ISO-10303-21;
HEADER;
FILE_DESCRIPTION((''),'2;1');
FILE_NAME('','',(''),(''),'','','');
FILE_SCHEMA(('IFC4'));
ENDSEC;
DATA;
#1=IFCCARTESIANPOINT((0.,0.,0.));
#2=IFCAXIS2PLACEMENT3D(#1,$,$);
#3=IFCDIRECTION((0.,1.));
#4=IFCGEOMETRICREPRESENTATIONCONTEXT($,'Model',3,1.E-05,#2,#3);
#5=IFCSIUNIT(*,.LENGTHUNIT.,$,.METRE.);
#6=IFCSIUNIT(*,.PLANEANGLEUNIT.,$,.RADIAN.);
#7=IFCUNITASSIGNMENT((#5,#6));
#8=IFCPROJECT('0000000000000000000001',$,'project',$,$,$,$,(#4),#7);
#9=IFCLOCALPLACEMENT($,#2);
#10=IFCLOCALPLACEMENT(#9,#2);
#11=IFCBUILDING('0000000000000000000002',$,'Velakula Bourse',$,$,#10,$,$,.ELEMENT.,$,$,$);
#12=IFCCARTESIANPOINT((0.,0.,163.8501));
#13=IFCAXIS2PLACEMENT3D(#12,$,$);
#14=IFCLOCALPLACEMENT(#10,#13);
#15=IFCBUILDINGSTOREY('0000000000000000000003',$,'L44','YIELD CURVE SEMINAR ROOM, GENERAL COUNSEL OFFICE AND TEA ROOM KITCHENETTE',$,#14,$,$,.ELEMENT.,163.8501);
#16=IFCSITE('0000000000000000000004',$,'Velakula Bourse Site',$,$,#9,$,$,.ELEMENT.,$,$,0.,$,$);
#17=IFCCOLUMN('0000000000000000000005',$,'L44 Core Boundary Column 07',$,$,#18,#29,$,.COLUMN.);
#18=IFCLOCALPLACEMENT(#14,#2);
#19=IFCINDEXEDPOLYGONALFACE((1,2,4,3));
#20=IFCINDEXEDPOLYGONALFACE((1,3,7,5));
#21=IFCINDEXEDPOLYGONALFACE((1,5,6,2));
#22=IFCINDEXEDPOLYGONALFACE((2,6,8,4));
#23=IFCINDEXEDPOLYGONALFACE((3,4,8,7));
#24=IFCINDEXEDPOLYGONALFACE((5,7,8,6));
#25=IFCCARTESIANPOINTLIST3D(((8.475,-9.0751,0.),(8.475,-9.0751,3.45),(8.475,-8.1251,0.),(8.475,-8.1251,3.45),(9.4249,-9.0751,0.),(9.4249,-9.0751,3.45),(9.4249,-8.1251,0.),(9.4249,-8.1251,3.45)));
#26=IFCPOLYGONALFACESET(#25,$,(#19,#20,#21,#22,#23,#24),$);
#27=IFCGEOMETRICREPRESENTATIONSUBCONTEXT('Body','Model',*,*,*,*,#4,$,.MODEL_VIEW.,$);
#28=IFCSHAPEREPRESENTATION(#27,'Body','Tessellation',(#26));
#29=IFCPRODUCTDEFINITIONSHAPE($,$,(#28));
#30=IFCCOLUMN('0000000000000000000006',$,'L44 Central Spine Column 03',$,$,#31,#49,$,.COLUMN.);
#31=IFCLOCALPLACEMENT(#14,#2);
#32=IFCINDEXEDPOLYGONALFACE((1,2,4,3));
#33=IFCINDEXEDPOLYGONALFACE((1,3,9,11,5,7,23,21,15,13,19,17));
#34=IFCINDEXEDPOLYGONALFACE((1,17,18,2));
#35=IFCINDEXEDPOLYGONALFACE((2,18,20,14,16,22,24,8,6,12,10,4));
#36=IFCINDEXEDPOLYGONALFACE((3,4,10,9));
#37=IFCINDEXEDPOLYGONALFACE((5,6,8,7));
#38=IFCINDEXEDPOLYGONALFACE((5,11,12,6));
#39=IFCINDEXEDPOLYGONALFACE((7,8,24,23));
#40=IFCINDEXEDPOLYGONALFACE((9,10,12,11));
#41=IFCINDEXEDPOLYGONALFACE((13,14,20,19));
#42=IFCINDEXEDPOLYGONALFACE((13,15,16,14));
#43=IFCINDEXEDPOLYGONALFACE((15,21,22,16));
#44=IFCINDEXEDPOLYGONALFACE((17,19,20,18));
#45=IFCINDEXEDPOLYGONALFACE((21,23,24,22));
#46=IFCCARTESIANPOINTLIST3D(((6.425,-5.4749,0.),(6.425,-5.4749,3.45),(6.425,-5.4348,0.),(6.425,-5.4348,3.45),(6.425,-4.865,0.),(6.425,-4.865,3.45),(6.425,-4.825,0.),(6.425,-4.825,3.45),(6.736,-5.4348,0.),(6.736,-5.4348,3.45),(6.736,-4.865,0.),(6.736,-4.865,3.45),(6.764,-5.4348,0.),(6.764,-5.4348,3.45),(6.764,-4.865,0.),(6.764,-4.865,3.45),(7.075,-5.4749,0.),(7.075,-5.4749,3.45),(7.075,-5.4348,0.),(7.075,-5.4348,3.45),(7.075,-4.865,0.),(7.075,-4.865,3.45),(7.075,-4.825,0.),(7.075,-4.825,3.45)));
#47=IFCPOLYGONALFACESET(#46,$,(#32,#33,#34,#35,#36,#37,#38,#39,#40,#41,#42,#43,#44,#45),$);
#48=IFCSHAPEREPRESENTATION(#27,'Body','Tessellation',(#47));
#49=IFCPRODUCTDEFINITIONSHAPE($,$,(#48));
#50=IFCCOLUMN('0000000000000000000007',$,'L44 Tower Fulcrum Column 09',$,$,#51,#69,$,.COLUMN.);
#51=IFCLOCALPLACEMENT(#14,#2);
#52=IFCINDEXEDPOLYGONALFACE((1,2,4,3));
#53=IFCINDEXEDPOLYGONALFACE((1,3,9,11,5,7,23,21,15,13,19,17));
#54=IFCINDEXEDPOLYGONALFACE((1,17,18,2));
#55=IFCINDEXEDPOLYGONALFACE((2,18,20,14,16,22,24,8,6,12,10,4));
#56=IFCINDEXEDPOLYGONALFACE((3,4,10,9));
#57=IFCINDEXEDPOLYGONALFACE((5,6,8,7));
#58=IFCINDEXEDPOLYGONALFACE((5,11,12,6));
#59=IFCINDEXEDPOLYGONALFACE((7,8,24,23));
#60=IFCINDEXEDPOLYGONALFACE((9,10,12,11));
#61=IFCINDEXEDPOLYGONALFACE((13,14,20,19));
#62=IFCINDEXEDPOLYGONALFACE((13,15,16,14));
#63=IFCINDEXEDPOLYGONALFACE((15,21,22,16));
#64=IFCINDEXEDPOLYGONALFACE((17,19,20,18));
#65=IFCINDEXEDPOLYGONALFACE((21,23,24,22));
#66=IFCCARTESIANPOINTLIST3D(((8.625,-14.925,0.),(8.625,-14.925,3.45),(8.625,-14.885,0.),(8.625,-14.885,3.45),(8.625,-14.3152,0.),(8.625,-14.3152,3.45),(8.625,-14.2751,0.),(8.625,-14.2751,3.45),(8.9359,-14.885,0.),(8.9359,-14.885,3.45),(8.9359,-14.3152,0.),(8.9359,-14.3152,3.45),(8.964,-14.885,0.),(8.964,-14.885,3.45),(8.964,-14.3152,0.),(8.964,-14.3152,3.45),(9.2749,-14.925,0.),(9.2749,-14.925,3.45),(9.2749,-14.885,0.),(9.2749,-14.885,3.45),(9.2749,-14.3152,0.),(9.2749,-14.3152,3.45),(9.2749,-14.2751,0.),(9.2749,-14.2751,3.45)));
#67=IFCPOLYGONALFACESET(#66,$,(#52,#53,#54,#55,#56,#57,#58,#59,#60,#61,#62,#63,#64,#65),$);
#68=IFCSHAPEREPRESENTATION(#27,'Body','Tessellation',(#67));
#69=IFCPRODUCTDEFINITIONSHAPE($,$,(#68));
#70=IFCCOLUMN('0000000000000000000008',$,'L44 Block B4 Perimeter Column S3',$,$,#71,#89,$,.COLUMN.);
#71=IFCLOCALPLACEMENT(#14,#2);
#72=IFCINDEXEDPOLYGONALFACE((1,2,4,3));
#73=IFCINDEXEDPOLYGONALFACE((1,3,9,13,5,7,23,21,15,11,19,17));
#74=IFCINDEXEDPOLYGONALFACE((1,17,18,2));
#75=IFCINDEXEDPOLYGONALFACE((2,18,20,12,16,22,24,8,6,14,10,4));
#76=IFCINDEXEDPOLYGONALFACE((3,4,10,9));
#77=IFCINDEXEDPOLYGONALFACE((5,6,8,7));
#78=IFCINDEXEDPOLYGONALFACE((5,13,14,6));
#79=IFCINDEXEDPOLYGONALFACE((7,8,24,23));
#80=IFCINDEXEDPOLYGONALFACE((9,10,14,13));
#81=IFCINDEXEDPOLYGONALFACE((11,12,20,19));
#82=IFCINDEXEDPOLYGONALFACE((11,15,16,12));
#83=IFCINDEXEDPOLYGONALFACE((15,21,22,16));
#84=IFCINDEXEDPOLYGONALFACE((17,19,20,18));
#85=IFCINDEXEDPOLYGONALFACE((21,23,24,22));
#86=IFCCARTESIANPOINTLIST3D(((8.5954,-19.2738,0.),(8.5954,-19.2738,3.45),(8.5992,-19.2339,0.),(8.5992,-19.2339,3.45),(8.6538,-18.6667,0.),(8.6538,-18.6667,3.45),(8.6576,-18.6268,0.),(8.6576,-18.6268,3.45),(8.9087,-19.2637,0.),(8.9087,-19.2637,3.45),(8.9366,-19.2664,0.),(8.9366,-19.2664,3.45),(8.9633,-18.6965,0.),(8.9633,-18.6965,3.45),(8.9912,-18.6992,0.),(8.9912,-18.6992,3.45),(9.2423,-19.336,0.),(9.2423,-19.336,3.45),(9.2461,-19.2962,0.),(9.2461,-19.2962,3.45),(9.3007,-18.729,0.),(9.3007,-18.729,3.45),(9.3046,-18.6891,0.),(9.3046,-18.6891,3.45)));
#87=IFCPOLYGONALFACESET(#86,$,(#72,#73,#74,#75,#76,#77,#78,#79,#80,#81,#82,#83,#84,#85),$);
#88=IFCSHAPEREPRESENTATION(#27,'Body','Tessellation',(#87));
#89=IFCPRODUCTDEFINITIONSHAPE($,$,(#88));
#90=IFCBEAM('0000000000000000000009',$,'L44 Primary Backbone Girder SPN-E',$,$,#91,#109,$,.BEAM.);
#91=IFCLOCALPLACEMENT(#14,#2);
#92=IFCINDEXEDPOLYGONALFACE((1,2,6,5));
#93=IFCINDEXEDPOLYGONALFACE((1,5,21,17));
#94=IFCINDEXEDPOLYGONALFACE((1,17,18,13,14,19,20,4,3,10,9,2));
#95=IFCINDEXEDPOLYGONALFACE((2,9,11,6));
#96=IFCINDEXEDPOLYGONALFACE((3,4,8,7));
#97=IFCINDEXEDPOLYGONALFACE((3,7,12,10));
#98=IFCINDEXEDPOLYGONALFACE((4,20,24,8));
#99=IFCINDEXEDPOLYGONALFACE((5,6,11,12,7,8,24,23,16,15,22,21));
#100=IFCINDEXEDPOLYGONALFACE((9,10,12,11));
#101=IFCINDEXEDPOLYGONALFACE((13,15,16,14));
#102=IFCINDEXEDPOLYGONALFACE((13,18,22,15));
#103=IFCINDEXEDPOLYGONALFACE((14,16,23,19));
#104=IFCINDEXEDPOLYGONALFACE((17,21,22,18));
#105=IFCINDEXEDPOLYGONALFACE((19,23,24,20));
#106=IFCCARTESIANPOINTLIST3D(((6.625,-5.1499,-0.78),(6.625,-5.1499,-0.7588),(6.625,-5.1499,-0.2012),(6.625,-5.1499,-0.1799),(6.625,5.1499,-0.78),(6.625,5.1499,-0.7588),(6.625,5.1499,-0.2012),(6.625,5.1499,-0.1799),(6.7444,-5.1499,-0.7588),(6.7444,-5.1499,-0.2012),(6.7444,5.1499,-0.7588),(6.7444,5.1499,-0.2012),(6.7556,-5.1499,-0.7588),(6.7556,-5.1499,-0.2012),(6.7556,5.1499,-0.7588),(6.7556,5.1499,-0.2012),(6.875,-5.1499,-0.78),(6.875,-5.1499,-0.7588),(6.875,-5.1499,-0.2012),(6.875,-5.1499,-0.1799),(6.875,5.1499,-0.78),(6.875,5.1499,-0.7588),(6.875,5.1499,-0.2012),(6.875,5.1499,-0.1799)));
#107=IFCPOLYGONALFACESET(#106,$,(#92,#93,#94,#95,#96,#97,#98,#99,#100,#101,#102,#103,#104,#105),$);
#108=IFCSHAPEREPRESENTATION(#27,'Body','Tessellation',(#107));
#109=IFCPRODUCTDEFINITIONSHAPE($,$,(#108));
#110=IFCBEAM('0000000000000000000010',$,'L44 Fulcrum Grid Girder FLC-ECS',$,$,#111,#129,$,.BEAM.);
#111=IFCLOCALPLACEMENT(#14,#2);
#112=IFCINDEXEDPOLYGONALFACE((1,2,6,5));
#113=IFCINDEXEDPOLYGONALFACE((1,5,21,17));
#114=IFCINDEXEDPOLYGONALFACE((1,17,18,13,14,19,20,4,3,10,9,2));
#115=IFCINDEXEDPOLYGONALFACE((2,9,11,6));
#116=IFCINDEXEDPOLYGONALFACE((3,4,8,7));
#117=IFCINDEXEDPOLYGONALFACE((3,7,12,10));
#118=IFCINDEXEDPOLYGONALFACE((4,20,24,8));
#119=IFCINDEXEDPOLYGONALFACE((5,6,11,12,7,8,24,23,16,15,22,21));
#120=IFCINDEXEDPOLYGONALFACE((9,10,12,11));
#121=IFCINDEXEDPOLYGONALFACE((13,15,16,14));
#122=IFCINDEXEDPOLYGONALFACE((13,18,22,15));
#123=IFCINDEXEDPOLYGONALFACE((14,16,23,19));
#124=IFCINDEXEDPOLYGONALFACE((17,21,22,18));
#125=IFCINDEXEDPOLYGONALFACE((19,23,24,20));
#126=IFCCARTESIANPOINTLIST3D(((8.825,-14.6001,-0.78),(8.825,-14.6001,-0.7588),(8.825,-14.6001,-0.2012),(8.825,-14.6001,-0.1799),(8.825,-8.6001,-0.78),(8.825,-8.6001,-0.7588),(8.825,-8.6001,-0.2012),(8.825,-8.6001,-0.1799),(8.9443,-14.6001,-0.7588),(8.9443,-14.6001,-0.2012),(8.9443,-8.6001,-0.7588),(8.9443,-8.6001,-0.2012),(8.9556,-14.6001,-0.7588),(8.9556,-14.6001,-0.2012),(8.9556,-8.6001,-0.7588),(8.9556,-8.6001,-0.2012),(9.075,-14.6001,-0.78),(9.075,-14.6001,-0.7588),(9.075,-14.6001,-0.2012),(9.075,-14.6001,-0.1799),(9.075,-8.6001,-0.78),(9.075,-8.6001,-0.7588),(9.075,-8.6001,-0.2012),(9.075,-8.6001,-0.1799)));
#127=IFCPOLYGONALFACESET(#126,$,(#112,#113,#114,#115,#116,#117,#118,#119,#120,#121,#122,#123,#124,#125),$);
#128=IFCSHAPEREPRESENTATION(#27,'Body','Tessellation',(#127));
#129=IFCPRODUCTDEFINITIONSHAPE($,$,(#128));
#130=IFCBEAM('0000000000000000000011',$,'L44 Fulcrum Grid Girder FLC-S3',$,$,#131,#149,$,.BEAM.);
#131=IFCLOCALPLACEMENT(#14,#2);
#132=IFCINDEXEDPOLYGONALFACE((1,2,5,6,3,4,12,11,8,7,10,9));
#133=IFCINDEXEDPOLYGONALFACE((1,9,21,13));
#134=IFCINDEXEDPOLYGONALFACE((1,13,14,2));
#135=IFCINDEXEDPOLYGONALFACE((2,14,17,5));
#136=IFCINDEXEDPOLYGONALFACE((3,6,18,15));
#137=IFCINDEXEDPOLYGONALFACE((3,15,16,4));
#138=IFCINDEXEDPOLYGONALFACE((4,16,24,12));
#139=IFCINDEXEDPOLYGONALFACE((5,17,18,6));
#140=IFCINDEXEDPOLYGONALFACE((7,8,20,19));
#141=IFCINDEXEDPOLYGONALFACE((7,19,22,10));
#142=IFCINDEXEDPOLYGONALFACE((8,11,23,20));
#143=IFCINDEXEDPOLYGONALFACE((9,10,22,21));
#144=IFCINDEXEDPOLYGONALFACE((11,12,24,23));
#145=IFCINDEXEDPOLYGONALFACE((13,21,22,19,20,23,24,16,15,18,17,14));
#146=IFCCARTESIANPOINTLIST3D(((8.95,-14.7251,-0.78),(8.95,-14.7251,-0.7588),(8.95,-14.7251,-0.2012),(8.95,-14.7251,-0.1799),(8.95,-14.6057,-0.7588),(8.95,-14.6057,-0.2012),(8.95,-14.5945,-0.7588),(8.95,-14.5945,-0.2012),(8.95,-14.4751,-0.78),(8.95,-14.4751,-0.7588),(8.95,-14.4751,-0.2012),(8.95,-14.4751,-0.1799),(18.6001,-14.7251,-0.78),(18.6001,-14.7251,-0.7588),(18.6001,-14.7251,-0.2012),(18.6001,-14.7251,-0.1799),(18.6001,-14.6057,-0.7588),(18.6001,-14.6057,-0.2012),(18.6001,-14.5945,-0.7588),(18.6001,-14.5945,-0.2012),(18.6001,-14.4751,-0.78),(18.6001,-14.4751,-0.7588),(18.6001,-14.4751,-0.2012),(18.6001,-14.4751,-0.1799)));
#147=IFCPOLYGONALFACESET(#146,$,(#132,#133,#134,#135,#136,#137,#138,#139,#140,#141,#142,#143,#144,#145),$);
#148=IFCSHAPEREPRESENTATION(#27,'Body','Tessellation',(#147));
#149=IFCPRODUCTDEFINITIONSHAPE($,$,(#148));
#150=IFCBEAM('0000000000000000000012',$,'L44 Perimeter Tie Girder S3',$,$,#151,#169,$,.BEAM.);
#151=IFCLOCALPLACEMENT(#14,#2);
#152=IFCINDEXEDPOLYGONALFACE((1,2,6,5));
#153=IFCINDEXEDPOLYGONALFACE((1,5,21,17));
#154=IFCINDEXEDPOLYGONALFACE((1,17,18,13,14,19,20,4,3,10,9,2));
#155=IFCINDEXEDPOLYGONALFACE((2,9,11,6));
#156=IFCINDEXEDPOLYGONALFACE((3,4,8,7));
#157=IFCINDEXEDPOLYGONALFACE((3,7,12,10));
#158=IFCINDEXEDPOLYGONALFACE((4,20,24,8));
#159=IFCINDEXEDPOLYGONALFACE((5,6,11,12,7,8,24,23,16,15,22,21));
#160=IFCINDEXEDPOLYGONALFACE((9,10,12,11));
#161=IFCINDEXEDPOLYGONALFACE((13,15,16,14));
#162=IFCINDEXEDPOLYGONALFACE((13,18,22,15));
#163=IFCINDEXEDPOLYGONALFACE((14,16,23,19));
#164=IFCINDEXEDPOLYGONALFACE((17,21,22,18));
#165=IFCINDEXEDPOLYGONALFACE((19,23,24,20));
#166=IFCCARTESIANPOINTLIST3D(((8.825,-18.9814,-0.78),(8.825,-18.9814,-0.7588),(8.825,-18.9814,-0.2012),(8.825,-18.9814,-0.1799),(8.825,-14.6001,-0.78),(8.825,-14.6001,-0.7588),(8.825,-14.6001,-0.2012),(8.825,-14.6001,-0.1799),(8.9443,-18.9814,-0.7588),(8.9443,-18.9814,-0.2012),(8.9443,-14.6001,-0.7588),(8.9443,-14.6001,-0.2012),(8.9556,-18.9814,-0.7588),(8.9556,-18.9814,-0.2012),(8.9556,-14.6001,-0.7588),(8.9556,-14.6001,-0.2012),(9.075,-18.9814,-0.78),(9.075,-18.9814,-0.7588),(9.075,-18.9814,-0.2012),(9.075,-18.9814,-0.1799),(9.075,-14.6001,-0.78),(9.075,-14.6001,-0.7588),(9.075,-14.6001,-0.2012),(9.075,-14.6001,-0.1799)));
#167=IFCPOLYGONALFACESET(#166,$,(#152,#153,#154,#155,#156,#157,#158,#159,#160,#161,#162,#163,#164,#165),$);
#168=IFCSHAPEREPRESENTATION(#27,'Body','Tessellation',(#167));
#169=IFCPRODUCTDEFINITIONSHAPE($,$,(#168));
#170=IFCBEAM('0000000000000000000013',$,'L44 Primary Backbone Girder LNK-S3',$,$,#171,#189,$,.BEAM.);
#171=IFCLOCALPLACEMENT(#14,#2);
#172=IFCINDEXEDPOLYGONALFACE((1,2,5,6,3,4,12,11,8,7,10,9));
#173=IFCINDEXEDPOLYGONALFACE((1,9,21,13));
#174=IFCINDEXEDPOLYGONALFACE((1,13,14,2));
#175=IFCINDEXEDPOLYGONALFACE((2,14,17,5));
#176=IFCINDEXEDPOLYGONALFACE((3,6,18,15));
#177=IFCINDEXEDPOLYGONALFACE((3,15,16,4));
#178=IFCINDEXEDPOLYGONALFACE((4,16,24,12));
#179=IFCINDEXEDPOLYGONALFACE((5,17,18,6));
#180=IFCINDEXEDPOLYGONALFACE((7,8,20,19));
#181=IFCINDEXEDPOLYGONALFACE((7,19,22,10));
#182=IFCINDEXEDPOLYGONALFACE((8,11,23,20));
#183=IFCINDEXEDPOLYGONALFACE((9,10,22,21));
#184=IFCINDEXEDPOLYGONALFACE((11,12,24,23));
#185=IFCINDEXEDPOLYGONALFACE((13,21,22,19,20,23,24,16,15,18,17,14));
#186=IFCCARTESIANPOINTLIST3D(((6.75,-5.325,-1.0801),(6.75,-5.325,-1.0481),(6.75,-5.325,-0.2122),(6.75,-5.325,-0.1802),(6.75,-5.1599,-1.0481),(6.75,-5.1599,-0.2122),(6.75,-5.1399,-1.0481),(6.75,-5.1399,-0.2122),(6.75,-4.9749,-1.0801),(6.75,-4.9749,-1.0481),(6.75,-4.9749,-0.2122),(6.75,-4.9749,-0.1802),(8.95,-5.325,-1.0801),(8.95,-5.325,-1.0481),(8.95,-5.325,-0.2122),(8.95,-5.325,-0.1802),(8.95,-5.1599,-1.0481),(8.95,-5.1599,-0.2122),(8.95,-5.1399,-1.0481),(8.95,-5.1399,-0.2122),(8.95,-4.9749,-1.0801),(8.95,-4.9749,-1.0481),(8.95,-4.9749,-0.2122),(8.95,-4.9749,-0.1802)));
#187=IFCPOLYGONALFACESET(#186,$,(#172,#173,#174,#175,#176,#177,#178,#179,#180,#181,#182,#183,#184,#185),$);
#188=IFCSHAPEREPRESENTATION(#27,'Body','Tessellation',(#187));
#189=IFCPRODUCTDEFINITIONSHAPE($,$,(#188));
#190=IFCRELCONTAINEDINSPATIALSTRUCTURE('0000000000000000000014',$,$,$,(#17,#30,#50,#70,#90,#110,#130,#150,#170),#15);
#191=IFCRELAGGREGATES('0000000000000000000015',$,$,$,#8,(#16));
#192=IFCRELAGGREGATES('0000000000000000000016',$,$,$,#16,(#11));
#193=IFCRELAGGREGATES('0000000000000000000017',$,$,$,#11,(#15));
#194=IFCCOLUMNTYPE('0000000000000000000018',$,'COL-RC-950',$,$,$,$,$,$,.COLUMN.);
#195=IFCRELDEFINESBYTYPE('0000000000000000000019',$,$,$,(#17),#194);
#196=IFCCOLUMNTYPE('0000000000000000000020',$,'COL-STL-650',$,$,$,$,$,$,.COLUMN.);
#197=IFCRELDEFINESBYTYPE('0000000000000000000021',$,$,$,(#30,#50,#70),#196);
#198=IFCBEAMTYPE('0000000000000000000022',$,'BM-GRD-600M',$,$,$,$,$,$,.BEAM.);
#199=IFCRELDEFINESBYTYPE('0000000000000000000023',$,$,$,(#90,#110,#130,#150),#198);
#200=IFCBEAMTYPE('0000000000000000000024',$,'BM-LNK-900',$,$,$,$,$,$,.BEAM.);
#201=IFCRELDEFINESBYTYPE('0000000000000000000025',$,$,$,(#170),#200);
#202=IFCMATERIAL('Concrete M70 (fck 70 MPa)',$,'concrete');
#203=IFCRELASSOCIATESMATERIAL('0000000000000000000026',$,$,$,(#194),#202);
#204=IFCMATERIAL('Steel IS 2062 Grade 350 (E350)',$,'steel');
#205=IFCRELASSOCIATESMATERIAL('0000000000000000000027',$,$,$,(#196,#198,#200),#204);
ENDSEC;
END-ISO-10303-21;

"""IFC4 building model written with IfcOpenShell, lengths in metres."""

from ifc_helpers import new_model, si_unit, direction, frame, origin, origin_2d, place, context, subcontext, project, spatial, rectangle, i_section, extrude, material, material_profile, profile_set, type_object, element, save


model = new_model("IFC4")

# Units and contexts
model_context = context("Model", 3, precision=1e-05, world=origin(), true_north=direction((0.0, 1.0)))
body_context = subcontext(model_context, "Body", "Model", "MODEL_VIEW")
ifc_project = project(units=[si_unit("LENGTHUNIT", "METRE"), si_unit("PLANEANGLEUNIT", "RADIAN")], contexts=[model_context])

# Site, building, storey
site_placement = place(None, origin())
site = spatial("IfcSite", under=ifc_project, at=site_placement, Name="Velakula Bourse Site", CompositionType="ELEMENT", RefElevation=0.0)
building_placement = place(site_placement, origin())
building = spatial("IfcBuilding", under=site, at=building_placement, Name="Velakula Bourse", CompositionType="ELEMENT")
storey_placement = place(building_placement, frame((0.0, 0.0, 163.8501)))
storey = spatial("IfcBuildingStorey", under=building, at=storey_placement, Name="L44", Description="YIELD CURVE SEMINAR ROOM, GENERAL COUNSEL OFFICE AND TEA ROOM KITCHENETTE", CompositionType="ELEMENT", Elevation=163.8501)

# Columns
ifc_material_1 = material(Name="Concrete M70 (fck 70 MPa)", Category="concrete")
ifc_material_profile_1 = material_profile(ifc_material_1, rectangle(XDim=0.95, YDim=0.95, at=origin_2d()), Name="Concrete M70 (fck 70 MPa)")
ifc_profile_set_1 = profile_set([ifc_material_profile_1], Name="Concrete M70 (fck 70 MPa)")
column_type_1 = type_object("IfcColumnType", Name="COL-RC-950", PredefinedType="COLUMN", material=ifc_profile_set_1)
column_placement = place(storey_placement, frame((8.95, -8.6001, 0.0), z_axis=(0.0, 0.0, 1.0), x_axis=(1.0, 0.0, 0.0)))
element("IfcColumn", 1, at=column_placement, inside=storey, type_object=column_type_1, Name="L44 Core Boundary Column 07", PredefinedType="COLUMN", context=body_context, shape_type="SweptSolid", body=[
    extrude(rectangle(XDim=0.95, YDim=0.95, at=origin_2d()), origin(), (0.0, 0.0, 1.0), 3.45),
])
ifc_material_2 = material(Name="Steel IS 2062 Grade 350 (E350)", Category="steel")
ifc_material_profile_2 = material_profile(ifc_material_2, i_section(OverallWidth=0.6499, OverallDepth=0.6499, WebThickness=0.0281, FlangeThickness=0.04, at=origin_2d()), Name="Steel IS 2062 Grade 350 (E350)")
ifc_profile_set_2 = profile_set([ifc_material_profile_2], Name="Steel IS 2062 Grade 350 (E350)")
column_type_2 = type_object("IfcColumnType", Name="COL-STL-650", PredefinedType="COLUMN", material=ifc_profile_set_2)
for number, where, z_axis, x_axis, name in (
    (2, (6.75, -5.1499, 0.0), (0.0, 0.0, 1.0), (1.0, 0.0, 0.0), "L44 Central Spine Column 03"),
    (3, (8.95, -14.6001, 0.0), (0.0, 0.0, 1.0), (1.0, 0.0, 0.0), "L44 Tower Fulcrum Column 09"),
    (4, (8.95, -18.9814, 0.0), (0.0, 0.0, 1.0), (0.995396, -0.095846, 0.0), "L44 Block B4 Perimeter Column S3"),
):
    element("IfcColumn", number, at=place(storey_placement, frame(where, z_axis=z_axis, x_axis=x_axis)), inside=storey, type_object=column_type_2, Name=name, PredefinedType="COLUMN", context=body_context, shape_type="SweptSolid", body=[
        extrude(i_section(OverallWidth=0.6499, OverallDepth=0.6499, WebThickness=0.0281, FlangeThickness=0.04, at=origin_2d()), origin(), (0.0, 0.0, 1.0), 3.45),
    ])

# Beams
ifc_material_profile_3 = material_profile(ifc_material_2, i_section(OverallWidth=0.25, OverallDepth=0.6001, WebThickness=0.0112, FlangeThickness=0.0212, at=origin_2d()), Name="Steel IS 2062 Grade 350 (E350)")
ifc_profile_set_3 = profile_set([ifc_material_profile_3], Name="Steel IS 2062 Grade 350 (E350)")
beam_type_1 = type_object("IfcBeamType", Name="BM-GRD-600M", PredefinedType="BEAM", material=ifc_profile_set_3)
beam_1_placement = place(storey_placement, frame((6.75, -5.1499, -0.48), z_axis=(0.0, 1.0, 0.0), x_axis=(-1.0, 0.0, 0.0)))
element("IfcBeam", 5, at=beam_1_placement, inside=storey, type_object=beam_type_1, Name="L44 Primary Backbone Girder SPN-E", PredefinedType="BEAM", context=body_context, shape_type="SweptSolid", body=[
    extrude(i_section(OverallWidth=0.25, OverallDepth=0.6001, WebThickness=0.0112, FlangeThickness=0.0212, at=origin_2d()), origin(), (0.0, 0.0, 1.0), 10.2998),
])
beam_2_placement = place(storey_placement, frame((8.95, -14.6001, -0.48), z_axis=(0.0, 1.0, 0.0), x_axis=(-1.0, 0.0, 0.0)))
element("IfcBeam", 6, at=beam_2_placement, inside=storey, type_object=beam_type_1, Name="L44 Fulcrum Grid Girder FLC-ECS", PredefinedType="BEAM", context=body_context, shape_type="SweptSolid", body=[
    extrude(i_section(OverallWidth=0.25, OverallDepth=0.6001, WebThickness=0.0112, FlangeThickness=0.0212, at=origin_2d()), origin(), (0.0, 0.0, 1.0), 6.0),
])
beam_3_placement = place(storey_placement, frame((8.95, -14.6001, -0.48), z_axis=(1.0, 0.0, 0.0), x_axis=(0.0, 1.0, 0.0)))
element("IfcBeam", 7, at=beam_3_placement, inside=storey, type_object=beam_type_1, Name="L44 Fulcrum Grid Girder FLC-S3", PredefinedType="BEAM", context=body_context, shape_type="SweptSolid", body=[
    extrude(i_section(OverallWidth=0.25, OverallDepth=0.6001, WebThickness=0.0112, FlangeThickness=0.0212, at=origin_2d()), origin(), (0.0, 0.0, 1.0), 9.6501),
])
beam_4_placement = place(storey_placement, frame((8.95, -14.6001, -0.48), z_axis=(0.0, -1.0, 0.0), x_axis=(1.0, 0.0, 0.0)))
element("IfcBeam", 8, at=beam_4_placement, inside=storey, type_object=beam_type_1, Name="L44 Perimeter Tie Girder S3", PredefinedType="BEAM", context=body_context, shape_type="SweptSolid", body=[
    extrude(i_section(OverallWidth=0.25, OverallDepth=0.6001, WebThickness=0.0112, FlangeThickness=0.0212, at=origin_2d()), origin(), (0.0, 0.0, 1.0), 4.3813),
])
ifc_material_profile_4 = material_profile(ifc_material_2, i_section(OverallWidth=0.3501, OverallDepth=0.8999, WebThickness=0.02, FlangeThickness=0.032, at=origin_2d()), Name="Steel IS 2062 Grade 350 (E350)")
ifc_profile_set_4 = profile_set([ifc_material_profile_4], Name="Steel IS 2062 Grade 350 (E350)")
beam_type_2 = type_object("IfcBeamType", Name="BM-LNK-900", PredefinedType="BEAM", material=ifc_profile_set_4)
beam_5_placement = place(storey_placement, frame((6.75, -5.1499, -0.6301), z_axis=(1.0, 0.0, 0.0), x_axis=(0.0, 1.0, 0.0)))
element("IfcBeam", 9, at=beam_5_placement, inside=storey, type_object=beam_type_2, Name="L44 Primary Backbone Girder LNK-S3", PredefinedType="BEAM", context=body_context, shape_type="SweptSolid", body=[
    extrude(i_section(OverallWidth=0.3501, OverallDepth=0.8999, WebThickness=0.02, FlangeThickness=0.032, at=origin_2d()), origin(), (0.0, 0.0, 1.0), 2.2),
])

save(model, "model.ifc")
